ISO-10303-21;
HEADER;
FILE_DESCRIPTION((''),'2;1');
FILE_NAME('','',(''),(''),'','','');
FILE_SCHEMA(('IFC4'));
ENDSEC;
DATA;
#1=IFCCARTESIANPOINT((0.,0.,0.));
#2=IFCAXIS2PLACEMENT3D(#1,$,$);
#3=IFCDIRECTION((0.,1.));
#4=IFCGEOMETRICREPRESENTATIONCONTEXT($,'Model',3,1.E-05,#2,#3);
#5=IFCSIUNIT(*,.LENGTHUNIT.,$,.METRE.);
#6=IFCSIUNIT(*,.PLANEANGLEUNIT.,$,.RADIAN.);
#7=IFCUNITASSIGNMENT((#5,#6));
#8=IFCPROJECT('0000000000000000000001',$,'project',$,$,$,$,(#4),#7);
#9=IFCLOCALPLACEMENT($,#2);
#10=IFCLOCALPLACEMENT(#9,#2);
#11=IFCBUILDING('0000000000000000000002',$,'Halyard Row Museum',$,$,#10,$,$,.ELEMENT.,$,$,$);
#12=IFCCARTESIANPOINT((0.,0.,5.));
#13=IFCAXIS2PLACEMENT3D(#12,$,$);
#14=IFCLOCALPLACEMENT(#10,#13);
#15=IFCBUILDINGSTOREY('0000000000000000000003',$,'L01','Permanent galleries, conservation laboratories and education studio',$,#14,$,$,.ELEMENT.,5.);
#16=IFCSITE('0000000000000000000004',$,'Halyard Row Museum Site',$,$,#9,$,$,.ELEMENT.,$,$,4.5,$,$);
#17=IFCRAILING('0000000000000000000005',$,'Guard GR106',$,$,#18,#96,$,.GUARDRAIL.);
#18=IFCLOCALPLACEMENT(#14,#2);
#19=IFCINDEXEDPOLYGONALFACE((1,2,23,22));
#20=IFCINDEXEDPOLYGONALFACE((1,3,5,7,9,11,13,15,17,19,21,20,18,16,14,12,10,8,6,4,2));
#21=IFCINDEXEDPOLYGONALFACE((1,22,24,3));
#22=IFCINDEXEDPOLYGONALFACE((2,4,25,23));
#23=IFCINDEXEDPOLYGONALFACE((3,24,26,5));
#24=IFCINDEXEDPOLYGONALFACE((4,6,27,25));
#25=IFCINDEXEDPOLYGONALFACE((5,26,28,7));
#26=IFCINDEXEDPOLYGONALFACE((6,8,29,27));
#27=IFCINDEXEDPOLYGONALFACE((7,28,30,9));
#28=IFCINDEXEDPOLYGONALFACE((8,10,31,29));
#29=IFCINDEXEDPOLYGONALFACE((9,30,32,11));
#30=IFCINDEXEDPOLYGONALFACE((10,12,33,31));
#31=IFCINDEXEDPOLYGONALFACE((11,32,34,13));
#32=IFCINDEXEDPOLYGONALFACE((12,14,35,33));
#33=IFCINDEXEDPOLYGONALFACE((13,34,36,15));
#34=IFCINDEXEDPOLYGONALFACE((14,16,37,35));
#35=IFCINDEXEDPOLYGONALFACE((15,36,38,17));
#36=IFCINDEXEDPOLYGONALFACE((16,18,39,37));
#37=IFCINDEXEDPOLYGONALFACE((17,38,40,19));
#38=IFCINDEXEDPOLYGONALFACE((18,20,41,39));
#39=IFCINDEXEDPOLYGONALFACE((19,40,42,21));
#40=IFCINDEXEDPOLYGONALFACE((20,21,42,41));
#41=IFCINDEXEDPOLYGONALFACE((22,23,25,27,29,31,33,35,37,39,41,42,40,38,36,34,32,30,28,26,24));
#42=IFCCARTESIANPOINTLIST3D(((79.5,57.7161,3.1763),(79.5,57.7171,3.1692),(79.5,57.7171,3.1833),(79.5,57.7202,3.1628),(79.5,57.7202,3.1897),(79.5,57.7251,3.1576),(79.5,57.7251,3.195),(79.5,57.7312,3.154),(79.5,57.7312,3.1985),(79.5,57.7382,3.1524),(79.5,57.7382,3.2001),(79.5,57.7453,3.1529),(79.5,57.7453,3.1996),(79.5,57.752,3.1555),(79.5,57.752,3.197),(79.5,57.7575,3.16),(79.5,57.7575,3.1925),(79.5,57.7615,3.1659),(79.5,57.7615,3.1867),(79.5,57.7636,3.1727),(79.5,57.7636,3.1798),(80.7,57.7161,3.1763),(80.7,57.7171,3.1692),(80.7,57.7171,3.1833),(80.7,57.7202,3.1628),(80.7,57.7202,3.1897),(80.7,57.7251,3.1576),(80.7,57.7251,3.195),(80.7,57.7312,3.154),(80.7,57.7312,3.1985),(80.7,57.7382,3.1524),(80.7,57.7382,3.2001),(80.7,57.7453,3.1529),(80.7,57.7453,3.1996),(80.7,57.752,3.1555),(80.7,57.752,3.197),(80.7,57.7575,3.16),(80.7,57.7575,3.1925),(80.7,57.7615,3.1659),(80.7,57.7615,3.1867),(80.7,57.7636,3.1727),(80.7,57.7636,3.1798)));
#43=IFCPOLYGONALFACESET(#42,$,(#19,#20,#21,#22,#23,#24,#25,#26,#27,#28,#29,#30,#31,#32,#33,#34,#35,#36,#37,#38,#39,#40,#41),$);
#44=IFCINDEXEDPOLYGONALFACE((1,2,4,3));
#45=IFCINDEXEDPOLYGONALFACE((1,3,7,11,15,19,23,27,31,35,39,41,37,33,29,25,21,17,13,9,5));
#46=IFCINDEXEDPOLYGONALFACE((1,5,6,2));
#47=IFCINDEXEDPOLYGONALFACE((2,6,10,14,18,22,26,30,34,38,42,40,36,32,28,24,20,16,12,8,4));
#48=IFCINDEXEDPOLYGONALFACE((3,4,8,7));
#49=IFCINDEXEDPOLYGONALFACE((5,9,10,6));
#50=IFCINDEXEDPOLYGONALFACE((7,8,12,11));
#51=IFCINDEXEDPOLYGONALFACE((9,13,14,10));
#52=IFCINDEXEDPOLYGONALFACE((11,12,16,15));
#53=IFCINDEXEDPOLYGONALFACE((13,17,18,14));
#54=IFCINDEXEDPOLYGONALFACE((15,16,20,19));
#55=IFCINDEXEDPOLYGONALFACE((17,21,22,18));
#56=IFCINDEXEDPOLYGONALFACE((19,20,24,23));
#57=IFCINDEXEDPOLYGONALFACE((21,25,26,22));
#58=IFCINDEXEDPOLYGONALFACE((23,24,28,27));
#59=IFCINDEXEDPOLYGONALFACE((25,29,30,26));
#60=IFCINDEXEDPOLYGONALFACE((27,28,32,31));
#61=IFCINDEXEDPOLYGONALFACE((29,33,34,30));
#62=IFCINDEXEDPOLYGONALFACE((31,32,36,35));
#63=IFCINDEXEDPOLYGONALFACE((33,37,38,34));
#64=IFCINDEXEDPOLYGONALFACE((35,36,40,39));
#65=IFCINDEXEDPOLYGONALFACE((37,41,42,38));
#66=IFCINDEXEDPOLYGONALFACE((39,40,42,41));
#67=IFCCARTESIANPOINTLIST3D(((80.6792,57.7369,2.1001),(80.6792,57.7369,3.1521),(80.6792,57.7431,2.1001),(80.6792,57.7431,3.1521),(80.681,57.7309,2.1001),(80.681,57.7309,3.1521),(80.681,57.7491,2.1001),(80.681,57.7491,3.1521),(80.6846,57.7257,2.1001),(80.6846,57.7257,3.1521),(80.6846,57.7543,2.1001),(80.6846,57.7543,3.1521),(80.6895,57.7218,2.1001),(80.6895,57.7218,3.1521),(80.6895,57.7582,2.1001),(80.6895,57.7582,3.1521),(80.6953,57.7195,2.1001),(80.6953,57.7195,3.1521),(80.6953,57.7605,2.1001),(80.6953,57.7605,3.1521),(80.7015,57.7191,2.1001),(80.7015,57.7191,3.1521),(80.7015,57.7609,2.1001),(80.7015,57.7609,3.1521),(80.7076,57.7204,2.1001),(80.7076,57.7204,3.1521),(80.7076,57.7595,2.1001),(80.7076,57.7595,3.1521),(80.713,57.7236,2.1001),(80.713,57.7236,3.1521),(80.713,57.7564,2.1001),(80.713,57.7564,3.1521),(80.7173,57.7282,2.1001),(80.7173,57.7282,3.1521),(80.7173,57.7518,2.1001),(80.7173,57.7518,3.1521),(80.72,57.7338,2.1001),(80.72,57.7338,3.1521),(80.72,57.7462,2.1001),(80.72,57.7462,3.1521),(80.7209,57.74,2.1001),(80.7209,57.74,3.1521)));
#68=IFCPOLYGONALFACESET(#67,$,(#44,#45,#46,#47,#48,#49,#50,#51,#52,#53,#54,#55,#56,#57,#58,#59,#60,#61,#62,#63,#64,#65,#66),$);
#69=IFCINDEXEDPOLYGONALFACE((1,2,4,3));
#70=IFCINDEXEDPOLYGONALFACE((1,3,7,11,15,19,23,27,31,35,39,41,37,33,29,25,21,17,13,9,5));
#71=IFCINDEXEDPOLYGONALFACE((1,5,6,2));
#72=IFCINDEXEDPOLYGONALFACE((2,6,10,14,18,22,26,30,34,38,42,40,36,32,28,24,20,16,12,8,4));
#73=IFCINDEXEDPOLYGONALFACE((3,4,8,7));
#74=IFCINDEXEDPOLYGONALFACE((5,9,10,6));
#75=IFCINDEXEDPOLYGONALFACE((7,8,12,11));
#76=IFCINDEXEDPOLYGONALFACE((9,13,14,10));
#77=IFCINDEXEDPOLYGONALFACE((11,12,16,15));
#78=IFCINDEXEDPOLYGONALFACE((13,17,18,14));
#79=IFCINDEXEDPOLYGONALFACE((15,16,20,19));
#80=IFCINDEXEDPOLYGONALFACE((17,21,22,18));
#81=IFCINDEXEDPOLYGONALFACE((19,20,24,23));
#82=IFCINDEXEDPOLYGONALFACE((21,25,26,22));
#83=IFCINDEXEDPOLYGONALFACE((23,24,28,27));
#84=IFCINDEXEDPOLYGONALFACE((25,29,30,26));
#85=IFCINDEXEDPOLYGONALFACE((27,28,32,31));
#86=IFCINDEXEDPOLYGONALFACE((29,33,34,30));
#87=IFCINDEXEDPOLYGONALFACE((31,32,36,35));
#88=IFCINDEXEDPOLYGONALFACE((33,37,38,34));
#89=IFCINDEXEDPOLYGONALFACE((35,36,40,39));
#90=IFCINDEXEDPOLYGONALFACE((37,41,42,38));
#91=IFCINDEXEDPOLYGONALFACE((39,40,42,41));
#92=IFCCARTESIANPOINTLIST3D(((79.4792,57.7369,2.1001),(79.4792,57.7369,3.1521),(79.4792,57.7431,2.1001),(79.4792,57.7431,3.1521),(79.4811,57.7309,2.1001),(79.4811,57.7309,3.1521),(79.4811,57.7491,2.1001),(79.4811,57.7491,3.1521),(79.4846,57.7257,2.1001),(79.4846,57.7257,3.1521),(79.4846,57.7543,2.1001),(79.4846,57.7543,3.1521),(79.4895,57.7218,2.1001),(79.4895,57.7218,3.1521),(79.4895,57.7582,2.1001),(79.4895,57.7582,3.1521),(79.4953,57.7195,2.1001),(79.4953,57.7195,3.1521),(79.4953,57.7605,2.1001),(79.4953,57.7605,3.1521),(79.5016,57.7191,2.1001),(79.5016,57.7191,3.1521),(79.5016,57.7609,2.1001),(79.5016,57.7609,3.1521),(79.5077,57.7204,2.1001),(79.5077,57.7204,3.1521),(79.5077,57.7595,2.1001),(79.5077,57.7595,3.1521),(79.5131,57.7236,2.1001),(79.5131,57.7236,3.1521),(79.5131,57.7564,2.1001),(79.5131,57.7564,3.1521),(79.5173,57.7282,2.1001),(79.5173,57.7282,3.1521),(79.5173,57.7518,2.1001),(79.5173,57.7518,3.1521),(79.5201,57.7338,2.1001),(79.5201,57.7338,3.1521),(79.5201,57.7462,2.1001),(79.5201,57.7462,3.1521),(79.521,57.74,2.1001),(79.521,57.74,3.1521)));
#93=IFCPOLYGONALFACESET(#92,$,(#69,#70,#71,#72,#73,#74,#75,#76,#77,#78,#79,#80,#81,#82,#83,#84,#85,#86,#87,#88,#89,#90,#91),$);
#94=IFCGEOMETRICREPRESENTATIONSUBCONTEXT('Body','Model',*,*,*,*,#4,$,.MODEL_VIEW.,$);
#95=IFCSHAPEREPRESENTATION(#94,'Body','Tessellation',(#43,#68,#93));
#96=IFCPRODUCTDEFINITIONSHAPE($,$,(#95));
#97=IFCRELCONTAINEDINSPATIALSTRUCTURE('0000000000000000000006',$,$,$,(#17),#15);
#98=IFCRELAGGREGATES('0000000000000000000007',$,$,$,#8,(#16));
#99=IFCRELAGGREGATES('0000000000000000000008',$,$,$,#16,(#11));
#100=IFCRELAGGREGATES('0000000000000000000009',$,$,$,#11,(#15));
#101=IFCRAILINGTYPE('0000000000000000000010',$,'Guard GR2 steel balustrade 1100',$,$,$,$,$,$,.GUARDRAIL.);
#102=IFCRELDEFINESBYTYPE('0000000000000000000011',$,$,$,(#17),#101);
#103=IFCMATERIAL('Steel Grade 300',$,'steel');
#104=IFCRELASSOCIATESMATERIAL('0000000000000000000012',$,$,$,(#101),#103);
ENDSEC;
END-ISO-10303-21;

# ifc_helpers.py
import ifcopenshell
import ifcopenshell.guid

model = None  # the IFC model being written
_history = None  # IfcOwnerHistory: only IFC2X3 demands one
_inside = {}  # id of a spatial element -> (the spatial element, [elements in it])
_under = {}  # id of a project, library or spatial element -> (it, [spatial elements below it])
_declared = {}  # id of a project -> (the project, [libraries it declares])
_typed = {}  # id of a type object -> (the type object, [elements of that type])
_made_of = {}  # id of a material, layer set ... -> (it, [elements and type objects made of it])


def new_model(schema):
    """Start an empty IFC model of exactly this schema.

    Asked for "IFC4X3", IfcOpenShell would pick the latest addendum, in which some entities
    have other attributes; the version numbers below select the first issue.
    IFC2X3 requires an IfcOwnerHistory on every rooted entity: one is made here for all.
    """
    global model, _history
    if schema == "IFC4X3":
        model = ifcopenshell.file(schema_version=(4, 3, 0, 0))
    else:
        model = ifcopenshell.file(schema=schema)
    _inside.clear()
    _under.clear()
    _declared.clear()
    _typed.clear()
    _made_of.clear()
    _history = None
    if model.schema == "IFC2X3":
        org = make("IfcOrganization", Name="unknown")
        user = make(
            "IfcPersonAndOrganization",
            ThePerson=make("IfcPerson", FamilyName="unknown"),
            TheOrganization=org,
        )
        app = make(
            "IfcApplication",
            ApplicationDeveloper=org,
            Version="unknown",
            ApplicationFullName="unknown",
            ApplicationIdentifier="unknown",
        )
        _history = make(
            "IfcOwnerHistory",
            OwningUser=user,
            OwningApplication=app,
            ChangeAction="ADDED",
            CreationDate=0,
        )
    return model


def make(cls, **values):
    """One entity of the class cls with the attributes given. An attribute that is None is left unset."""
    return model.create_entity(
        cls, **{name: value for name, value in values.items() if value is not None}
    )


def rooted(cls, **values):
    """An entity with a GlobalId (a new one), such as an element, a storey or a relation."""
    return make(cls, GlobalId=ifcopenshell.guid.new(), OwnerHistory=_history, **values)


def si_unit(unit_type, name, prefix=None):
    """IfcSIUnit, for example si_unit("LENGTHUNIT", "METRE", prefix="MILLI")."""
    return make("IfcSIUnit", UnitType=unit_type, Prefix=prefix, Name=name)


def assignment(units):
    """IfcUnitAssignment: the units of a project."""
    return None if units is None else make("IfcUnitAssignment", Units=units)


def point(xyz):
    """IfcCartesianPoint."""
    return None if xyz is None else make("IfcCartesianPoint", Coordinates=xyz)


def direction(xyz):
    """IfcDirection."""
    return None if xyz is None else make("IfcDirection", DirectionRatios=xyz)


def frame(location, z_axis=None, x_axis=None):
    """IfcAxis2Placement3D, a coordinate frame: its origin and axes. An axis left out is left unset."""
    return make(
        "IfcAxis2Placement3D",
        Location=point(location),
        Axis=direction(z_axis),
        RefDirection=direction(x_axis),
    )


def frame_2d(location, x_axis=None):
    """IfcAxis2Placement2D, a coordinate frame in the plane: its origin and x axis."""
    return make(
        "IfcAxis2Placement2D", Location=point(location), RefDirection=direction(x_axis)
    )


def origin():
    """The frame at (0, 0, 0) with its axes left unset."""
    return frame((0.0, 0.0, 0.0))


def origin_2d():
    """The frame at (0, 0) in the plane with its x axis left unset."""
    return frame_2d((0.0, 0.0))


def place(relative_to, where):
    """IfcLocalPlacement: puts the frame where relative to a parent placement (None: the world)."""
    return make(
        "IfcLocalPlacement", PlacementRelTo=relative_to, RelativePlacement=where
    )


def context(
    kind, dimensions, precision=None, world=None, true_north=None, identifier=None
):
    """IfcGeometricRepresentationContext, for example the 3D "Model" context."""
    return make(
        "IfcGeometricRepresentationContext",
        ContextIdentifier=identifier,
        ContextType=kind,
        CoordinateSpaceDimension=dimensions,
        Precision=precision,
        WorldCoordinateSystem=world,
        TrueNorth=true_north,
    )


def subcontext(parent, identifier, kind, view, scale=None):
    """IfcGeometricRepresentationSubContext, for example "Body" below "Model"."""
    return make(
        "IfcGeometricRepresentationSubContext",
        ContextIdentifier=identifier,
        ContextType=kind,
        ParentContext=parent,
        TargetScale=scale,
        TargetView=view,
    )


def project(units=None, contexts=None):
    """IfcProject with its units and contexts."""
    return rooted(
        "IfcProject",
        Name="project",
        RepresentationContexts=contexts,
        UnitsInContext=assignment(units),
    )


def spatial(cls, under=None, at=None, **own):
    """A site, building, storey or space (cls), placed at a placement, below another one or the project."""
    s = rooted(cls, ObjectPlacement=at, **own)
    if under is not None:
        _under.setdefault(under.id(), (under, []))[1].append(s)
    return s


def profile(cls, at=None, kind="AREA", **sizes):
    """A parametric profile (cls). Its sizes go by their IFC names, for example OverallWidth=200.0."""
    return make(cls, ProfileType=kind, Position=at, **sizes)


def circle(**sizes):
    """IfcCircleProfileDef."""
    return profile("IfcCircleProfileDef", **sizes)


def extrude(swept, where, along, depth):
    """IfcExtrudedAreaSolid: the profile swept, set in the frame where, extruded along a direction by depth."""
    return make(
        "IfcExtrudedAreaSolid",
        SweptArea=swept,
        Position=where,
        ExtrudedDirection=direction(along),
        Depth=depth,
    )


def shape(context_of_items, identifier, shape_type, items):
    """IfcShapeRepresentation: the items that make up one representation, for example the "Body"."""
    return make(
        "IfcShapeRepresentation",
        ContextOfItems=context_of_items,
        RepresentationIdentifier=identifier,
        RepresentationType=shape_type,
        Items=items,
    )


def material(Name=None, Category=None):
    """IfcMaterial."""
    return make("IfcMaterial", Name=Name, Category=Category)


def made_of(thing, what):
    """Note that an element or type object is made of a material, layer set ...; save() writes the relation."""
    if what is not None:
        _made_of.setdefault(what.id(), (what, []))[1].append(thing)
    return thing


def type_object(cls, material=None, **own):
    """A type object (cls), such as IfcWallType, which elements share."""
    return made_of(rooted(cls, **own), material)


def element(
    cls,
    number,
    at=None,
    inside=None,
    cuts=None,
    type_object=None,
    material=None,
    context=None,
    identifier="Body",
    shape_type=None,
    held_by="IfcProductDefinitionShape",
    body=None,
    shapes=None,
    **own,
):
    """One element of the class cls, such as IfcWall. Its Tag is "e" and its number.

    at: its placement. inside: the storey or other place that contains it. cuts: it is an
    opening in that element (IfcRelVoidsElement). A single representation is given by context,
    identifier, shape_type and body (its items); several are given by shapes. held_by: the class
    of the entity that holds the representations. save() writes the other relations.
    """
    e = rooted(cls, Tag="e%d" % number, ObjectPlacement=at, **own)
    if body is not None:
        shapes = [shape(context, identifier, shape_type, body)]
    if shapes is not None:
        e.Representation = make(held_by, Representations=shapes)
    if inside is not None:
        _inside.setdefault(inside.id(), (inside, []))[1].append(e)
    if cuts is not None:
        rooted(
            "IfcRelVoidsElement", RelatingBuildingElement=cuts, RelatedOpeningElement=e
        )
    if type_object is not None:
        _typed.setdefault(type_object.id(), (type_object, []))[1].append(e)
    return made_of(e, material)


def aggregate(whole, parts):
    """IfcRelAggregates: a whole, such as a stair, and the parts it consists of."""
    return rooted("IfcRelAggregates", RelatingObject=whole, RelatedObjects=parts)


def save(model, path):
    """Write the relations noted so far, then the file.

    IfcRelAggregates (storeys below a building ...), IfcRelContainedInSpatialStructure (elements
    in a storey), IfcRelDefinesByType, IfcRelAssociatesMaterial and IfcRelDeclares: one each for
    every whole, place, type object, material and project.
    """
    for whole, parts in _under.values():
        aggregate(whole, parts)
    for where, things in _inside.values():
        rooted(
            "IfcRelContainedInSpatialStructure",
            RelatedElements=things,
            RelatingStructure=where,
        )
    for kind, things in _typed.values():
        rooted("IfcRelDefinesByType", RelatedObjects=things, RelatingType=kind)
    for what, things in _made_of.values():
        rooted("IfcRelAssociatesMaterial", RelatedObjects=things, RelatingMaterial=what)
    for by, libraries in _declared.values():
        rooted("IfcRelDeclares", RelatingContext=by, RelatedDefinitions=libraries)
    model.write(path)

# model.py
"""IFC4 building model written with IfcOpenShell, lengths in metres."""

from ifc_helpers import new_model, si_unit, direction, frame, origin, origin_2d, place, context, subcontext, project, spatial, circle, extrude, material, type_object, element, save


model = new_model("IFC4")

# Units and contexts
model_context = context("Model", 3, precision=1e-05, world=origin(), true_north=direction((0.0, 1.0)))
body_context = subcontext(model_context, "Body", "Model", "MODEL_VIEW")
ifc_project = project(units=[si_unit("LENGTHUNIT", "METRE"), si_unit("PLANEANGLEUNIT", "RADIAN")], contexts=[model_context])

# Site, building, storey
site_placement = place(None, origin())
site = spatial("IfcSite", under=ifc_project, at=site_placement, Name="Halyard Row Museum Site", CompositionType="ELEMENT", RefElevation=4.5)
building_placement = place(site_placement, origin())
building = spatial("IfcBuilding", under=site, at=building_placement, Name="Halyard Row Museum", CompositionType="ELEMENT")
storey_placement = place(building_placement, frame((0.0, 0.0, 5.0)))
storey = spatial("IfcBuildingStorey", under=building, at=storey_placement, Name="L01", Description="Permanent galleries, conservation laboratories and education studio", CompositionType="ELEMENT", Elevation=5.0)

# Railing
ifc_material_1 = material(Name="Steel Grade 300", Category="steel")
railing_type_1 = type_object("IfcRailingType", Name="Guard GR2 steel balustrade 1100", PredefinedType="GUARDRAIL", material=ifc_material_1)
railing_1_placement = place(storey_placement, frame((80.7, 57.74, 2.1001)))
element("IfcRailing", 1, at=railing_1_placement, inside=storey, type_object=railing_type_1, Name="Guard GR106", PredefinedType="GUARDRAIL", context=body_context, shape_type="SweptSolid", body=[
    extrude(circle(Radius=0.0239, at=origin_2d()), frame((0.0, 0.0, 1.0762), z_axis=(-1.0, 0.0, 0.0), x_axis=(0.0, -1.0, 0.0)), (0.0, 0.0, 1.0), 1.2),
    extrude(circle(Radius=0.021, at=origin_2d()), origin(), (0.0, 0.0, 1.0), 1.052),
    extrude(circle(Radius=0.021, at=origin_2d()), frame((-1.2, 0.0, 0.0)), (0.0, 0.0, 1.0), 1.052),
])

save(model, "model.ifc")
